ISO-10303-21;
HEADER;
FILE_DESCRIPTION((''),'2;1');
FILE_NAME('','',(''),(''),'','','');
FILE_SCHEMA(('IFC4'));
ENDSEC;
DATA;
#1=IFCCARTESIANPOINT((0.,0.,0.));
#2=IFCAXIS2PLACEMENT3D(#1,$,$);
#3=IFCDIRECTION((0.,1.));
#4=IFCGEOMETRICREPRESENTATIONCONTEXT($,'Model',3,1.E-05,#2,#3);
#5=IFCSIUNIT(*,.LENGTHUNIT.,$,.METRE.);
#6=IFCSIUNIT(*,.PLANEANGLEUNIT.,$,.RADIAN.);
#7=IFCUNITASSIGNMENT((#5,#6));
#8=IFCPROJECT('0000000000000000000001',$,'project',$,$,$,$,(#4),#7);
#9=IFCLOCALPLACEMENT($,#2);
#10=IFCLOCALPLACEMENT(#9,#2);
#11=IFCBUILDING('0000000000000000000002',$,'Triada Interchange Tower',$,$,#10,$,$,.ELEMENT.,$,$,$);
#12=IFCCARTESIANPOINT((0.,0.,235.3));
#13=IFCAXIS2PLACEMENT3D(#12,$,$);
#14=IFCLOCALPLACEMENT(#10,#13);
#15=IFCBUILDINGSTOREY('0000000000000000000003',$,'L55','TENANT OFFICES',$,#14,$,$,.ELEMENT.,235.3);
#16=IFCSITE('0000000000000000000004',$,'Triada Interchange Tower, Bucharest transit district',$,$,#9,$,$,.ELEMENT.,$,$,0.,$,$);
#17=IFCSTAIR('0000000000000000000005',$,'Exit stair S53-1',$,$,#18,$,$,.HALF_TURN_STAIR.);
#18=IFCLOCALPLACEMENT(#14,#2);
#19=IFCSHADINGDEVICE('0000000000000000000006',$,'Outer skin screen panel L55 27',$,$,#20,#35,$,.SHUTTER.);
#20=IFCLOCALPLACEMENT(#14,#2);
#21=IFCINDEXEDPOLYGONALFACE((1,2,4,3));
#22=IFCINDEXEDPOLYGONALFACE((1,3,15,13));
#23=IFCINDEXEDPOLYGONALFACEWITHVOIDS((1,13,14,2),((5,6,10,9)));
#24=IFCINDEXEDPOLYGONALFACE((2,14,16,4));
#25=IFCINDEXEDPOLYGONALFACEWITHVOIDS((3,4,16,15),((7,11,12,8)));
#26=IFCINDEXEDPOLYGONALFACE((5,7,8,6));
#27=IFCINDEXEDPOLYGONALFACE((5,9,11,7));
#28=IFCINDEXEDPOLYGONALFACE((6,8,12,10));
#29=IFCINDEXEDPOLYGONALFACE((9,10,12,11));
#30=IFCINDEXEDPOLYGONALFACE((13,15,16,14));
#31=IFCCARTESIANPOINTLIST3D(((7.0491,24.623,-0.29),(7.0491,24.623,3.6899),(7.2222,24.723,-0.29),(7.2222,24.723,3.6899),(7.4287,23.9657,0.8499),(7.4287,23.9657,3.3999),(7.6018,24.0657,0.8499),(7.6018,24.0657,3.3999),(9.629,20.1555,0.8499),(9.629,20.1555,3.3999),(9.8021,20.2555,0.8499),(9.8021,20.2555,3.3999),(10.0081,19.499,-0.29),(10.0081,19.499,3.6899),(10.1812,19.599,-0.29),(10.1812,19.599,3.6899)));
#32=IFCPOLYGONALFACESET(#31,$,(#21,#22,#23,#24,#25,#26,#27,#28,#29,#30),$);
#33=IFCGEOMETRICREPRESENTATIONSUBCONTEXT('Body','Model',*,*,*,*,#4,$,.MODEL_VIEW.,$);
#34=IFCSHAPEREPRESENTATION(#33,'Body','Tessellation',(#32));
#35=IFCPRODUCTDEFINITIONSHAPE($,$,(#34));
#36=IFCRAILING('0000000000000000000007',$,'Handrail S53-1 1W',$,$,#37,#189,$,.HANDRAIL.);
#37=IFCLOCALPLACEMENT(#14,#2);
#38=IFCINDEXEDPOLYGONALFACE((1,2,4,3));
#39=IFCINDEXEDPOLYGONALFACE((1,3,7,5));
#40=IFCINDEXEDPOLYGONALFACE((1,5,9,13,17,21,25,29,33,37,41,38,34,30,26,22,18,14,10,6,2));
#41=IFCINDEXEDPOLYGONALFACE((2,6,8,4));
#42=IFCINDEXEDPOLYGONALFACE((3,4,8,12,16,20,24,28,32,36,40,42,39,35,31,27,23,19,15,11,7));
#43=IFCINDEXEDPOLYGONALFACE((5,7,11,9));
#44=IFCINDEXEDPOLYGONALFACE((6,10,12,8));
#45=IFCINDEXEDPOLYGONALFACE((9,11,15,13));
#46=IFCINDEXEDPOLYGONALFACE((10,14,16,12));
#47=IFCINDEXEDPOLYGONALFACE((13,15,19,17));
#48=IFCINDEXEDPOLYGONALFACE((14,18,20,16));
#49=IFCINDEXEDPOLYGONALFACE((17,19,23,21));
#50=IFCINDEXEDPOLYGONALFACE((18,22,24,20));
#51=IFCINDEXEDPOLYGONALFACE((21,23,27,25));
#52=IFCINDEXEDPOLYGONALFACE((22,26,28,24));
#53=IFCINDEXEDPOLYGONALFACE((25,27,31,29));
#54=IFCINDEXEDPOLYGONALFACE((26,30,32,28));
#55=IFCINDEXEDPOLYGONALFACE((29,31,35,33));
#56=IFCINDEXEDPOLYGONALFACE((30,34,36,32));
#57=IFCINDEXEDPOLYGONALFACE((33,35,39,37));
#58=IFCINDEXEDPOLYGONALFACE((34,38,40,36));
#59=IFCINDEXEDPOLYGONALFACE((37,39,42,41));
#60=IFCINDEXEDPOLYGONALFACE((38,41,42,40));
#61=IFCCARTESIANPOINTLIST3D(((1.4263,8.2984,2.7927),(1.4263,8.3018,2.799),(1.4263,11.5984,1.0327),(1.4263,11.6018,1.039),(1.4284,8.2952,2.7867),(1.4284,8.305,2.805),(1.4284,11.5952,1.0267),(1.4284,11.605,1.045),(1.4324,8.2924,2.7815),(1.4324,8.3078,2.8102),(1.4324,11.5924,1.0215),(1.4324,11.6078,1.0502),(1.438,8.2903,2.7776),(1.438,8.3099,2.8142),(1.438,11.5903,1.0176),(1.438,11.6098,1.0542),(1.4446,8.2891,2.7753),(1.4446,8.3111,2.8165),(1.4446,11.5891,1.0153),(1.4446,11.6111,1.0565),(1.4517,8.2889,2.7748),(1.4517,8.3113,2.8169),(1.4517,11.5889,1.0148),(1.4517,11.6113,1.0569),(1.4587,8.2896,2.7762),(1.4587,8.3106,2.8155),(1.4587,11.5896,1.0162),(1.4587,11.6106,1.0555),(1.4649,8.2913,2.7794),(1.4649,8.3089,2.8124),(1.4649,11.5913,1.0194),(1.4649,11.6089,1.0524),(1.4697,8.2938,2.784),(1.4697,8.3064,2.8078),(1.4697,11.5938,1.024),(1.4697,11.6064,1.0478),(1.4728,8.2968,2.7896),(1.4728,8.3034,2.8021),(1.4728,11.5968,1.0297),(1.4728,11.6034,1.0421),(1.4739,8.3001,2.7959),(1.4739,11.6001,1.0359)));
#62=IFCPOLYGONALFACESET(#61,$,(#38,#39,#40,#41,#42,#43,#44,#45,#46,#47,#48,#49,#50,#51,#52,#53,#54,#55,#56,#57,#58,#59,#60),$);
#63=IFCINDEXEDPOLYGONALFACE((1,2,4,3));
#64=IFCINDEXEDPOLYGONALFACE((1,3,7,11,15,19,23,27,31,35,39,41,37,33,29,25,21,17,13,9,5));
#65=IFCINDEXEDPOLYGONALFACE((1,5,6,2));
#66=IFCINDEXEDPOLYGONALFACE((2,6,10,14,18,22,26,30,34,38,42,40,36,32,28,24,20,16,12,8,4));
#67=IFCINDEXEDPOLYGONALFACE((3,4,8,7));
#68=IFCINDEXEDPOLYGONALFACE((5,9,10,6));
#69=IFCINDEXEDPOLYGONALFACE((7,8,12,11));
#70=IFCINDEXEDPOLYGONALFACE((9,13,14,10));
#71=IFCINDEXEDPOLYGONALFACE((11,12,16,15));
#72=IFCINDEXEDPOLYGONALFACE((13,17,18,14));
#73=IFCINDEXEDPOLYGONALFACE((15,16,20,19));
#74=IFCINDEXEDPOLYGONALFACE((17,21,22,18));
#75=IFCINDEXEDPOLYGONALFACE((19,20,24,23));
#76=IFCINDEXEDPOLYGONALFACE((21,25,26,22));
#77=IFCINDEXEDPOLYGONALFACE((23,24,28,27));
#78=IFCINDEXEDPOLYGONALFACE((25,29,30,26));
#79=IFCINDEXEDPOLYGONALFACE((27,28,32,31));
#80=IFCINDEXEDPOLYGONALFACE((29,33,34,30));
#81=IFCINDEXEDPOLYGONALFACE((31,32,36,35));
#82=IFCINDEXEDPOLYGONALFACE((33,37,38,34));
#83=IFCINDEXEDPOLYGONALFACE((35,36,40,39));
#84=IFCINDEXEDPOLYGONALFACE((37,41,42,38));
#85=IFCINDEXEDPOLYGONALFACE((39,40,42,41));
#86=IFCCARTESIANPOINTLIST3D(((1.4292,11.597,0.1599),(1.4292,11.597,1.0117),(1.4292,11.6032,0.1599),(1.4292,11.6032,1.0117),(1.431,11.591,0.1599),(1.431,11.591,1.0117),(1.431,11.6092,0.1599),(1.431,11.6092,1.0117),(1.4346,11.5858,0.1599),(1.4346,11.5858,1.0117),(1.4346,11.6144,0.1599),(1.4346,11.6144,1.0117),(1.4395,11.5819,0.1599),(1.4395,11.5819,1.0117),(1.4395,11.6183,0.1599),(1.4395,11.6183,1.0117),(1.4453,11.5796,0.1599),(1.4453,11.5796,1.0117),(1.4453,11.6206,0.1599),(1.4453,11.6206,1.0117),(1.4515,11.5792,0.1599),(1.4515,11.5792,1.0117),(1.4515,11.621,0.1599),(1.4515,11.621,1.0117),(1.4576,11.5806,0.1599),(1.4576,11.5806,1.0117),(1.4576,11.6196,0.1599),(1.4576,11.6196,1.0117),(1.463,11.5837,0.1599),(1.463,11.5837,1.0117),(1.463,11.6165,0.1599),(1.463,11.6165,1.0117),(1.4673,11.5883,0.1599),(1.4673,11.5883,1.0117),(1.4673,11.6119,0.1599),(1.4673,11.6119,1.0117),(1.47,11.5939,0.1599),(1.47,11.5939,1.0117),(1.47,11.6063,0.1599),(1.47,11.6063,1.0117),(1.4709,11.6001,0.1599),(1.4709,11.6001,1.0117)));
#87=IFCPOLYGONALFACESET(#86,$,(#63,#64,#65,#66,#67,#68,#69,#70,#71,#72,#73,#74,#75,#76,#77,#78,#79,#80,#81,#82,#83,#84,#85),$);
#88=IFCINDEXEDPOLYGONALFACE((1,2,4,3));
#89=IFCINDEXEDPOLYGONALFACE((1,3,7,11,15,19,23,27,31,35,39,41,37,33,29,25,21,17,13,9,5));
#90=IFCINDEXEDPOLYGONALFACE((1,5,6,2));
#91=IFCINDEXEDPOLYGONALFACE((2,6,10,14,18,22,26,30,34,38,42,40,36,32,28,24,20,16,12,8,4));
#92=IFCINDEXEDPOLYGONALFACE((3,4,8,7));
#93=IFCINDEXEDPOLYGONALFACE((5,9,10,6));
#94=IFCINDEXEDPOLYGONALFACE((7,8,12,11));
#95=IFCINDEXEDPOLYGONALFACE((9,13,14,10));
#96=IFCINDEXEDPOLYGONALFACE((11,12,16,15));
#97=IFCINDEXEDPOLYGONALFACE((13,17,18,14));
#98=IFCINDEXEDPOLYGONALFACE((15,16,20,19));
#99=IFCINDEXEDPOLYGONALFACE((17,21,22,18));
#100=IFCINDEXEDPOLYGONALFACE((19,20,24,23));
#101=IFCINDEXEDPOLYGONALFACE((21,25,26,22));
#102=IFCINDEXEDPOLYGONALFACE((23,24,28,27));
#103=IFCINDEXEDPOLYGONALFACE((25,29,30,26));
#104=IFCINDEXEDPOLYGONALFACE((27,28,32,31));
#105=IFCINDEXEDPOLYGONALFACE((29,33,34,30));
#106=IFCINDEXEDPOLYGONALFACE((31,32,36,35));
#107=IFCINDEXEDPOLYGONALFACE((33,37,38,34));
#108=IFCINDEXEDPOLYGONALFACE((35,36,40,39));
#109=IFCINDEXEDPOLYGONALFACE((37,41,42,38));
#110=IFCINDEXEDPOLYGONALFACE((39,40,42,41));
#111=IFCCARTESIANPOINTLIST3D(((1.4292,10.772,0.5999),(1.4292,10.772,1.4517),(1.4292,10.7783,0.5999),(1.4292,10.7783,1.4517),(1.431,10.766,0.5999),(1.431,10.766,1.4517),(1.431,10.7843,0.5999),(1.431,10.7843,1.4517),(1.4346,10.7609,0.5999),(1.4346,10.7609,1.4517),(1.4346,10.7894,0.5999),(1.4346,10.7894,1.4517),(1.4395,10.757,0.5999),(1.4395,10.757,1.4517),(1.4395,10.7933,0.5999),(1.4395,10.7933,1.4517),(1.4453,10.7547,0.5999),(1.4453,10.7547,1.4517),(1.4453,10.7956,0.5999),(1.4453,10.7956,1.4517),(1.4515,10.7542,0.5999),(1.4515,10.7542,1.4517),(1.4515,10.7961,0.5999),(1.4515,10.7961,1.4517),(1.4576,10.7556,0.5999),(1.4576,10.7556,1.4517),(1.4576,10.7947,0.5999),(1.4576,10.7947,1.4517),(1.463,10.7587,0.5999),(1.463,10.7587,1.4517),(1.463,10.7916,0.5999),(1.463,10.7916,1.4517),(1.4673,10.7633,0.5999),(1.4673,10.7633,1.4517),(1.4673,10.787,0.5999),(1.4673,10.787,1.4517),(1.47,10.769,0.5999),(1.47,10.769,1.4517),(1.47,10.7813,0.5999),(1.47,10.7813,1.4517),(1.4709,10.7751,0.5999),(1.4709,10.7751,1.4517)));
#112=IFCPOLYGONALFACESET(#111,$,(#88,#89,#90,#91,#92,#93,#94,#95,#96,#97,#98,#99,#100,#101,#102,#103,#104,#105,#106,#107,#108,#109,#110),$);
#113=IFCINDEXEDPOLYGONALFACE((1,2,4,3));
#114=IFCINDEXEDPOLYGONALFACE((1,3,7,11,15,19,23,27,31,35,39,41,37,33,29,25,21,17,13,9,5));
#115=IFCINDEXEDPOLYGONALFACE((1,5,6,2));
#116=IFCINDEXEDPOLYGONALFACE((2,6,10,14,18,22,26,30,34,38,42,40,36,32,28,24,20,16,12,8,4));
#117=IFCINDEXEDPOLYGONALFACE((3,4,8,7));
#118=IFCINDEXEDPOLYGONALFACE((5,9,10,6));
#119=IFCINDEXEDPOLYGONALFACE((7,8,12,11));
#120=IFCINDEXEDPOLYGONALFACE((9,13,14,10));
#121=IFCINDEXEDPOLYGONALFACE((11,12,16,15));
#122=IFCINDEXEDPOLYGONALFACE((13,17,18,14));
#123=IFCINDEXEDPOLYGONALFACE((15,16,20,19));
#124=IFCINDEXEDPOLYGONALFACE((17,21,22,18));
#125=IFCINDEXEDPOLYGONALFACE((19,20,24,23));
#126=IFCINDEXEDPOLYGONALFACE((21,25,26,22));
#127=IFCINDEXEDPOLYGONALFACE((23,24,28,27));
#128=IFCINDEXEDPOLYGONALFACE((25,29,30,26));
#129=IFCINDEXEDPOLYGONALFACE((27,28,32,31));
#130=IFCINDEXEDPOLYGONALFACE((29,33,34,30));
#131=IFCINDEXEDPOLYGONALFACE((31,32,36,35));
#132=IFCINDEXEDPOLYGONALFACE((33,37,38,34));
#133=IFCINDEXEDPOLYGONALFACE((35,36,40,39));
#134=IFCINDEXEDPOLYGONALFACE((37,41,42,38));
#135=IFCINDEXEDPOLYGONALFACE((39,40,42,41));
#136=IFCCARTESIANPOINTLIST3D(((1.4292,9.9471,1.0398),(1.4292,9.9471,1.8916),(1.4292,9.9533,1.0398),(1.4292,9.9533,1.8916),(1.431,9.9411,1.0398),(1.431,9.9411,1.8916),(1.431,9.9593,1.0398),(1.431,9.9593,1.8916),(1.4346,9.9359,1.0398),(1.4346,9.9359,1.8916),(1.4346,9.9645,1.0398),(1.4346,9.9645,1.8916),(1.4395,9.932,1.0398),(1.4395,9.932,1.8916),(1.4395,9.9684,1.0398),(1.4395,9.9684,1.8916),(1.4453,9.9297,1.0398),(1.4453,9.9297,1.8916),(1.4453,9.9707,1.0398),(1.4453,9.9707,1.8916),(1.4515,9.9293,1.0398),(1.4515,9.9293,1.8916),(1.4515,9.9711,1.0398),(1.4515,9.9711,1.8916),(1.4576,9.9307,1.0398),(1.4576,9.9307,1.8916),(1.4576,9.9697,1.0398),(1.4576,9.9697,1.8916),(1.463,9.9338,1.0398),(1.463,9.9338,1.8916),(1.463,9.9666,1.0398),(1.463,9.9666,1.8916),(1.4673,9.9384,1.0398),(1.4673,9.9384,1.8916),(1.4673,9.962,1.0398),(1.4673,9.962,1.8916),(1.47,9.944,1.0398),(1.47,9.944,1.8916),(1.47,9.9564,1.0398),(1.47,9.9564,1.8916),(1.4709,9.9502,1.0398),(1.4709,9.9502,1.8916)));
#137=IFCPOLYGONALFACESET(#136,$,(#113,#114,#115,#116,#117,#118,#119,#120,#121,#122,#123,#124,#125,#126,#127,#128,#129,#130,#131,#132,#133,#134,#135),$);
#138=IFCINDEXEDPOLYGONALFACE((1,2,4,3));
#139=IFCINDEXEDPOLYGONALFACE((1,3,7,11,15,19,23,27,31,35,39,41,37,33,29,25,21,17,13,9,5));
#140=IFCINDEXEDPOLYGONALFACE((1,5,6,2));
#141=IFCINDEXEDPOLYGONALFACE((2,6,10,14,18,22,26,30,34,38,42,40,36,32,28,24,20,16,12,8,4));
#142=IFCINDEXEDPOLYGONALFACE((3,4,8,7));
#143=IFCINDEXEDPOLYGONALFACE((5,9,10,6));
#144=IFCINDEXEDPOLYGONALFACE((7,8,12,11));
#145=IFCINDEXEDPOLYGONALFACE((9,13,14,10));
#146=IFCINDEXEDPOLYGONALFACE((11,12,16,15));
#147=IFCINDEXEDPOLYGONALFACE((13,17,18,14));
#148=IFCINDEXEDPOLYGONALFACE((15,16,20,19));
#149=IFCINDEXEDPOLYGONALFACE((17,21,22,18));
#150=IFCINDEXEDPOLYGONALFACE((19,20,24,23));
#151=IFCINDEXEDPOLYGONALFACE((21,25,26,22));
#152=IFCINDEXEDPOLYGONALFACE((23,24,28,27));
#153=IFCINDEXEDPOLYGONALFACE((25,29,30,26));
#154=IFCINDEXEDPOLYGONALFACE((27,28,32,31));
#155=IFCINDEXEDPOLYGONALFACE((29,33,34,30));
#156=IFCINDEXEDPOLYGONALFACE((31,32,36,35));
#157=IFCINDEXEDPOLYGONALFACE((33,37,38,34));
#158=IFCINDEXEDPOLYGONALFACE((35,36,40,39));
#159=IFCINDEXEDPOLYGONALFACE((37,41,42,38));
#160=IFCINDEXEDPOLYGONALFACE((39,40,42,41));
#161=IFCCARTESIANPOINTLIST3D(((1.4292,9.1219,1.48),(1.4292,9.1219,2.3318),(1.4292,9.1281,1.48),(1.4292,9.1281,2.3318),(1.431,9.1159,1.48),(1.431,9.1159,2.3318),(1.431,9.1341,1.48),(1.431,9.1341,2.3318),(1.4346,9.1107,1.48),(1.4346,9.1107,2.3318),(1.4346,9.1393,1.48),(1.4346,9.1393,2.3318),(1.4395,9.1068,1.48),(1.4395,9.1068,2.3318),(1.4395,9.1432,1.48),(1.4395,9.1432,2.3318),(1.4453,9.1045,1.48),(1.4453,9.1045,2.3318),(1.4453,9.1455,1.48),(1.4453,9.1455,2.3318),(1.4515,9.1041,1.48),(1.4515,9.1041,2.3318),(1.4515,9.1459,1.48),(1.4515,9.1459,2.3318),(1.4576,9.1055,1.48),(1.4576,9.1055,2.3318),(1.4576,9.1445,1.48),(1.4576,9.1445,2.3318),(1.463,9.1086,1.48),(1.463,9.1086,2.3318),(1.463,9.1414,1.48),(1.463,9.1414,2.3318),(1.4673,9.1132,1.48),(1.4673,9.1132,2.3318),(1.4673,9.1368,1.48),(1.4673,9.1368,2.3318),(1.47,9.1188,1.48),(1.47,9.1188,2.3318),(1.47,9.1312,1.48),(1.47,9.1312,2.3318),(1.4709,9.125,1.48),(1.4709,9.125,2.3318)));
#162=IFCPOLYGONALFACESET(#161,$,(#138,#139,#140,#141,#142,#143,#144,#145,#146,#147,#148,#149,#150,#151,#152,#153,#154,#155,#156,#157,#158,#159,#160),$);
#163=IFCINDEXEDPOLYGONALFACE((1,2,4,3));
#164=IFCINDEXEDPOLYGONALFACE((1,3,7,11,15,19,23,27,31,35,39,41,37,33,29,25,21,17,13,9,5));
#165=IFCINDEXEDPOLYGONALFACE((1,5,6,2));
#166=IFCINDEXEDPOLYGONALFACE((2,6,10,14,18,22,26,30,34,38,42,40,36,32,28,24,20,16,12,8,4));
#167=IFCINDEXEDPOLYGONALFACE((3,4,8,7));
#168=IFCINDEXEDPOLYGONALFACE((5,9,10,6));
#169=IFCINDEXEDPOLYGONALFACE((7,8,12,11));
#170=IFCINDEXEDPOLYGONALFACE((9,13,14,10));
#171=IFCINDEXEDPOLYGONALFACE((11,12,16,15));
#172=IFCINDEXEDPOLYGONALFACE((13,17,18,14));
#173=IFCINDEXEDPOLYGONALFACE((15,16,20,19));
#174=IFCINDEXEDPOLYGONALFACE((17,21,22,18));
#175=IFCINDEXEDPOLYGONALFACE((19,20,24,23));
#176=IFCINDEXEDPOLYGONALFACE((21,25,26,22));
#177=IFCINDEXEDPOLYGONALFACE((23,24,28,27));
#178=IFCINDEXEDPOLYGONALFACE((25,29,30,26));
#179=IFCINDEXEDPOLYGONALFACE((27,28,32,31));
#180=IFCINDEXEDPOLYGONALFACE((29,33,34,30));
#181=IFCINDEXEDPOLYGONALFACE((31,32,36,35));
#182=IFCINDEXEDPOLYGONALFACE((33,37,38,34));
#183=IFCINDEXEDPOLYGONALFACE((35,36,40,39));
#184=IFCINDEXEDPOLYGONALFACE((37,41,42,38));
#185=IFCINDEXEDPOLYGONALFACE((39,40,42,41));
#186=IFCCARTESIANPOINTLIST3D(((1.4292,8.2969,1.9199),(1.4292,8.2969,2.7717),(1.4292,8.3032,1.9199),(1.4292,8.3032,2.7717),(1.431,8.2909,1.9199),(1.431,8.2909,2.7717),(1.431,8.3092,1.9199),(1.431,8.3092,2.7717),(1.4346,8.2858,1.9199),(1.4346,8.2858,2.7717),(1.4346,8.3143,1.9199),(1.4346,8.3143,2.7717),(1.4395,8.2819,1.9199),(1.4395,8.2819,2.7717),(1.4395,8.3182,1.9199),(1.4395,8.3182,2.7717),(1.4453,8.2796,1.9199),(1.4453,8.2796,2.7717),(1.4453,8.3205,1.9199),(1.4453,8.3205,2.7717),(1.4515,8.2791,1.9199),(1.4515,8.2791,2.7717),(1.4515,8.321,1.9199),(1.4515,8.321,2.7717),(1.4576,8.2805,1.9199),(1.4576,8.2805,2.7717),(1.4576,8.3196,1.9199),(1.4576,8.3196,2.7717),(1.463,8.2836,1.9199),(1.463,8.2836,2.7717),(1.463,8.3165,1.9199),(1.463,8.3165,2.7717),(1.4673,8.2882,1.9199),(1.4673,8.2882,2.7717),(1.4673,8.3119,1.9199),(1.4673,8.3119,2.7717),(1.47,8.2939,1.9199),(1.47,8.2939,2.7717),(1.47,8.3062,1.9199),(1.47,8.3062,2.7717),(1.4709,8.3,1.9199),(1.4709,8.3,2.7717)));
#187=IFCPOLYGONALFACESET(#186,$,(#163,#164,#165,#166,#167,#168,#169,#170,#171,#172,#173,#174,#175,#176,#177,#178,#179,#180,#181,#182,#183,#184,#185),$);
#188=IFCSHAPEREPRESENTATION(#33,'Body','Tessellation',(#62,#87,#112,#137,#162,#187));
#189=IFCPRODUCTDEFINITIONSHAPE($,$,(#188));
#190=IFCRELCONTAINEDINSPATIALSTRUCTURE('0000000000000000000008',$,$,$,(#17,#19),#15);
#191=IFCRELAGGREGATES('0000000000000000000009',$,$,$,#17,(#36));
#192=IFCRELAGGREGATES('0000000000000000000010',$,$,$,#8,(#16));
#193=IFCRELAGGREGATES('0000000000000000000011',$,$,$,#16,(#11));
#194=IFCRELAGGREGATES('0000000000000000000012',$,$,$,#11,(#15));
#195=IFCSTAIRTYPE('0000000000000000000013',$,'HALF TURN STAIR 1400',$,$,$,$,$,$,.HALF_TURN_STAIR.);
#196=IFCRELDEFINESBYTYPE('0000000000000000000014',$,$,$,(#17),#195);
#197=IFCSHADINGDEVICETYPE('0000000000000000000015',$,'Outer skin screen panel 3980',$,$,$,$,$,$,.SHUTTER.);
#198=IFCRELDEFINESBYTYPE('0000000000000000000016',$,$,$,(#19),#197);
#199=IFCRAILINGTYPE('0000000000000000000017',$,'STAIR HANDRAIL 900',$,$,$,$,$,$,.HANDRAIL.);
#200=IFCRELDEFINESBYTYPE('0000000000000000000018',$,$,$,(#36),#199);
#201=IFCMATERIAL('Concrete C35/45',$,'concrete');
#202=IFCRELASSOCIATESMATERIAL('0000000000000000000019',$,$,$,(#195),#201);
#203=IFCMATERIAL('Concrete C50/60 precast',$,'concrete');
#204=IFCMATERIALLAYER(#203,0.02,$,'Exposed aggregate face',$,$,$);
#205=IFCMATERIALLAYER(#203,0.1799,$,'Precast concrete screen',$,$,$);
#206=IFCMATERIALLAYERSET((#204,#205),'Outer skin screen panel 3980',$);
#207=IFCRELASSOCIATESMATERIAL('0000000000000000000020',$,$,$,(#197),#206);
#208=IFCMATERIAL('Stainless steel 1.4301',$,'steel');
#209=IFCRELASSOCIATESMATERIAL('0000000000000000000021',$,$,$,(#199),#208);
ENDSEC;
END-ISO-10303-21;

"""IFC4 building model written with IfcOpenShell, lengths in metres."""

from ifc_helpers import new_model, si_unit, direction, frame, origin, origin_2d, place, context, subcontext, project, spatial, polyline, circle, outline, extrude, material, layer, layer_set, type_object, element, aggregate, save


model = new_model("IFC4")

# Units and contexts
model_context = context("Model", 3, precision=1e-05, world=origin(), true_north=direction((0.0, 1.0)))
body_context = subcontext(model_context, "Body", "Model", "MODEL_VIEW")
ifc_project = project(units=[si_unit("LENGTHUNIT", "METRE"), si_unit("PLANEANGLEUNIT", "RADIAN")], contexts=[model_context])

# Site, building, storey
site_placement = place(None, origin())
site = spatial("IfcSite", under=ifc_project, at=site_placement, Name="Triada Interchange Tower, Bucharest transit district", CompositionType="ELEMENT", RefElevation=0.0)
building_placement = place(site_placement, origin())
building = spatial("IfcBuilding", under=site, at=building_placement, Name="Triada Interchange Tower", CompositionType="ELEMENT")
storey_placement = place(building_placement, frame((0.0, 0.0, 235.3)))
storey = spatial("IfcBuildingStorey", under=building, at=storey_placement, Name="L55", Description="TENANT OFFICES", CompositionType="ELEMENT", Elevation=235.3)

# Stair
ifc_material_1 = material(Name="Concrete C35/45", Category="concrete")
stair_type = type_object("IfcStairType", Name="HALF TURN STAIR 1400", PredefinedType="HALF_TURN_STAIR", material=ifc_material_1)
stair_placement = place(storey_placement, origin())
stair = element("IfcStair", 1, at=stair_placement, inside=storey, type_object=stair_type, Name="Exit stair S53-1", PredefinedType="HALF_TURN_STAIR")

# Shading device
ifc_material_2 = material(Name="Concrete C50/60 precast", Category="concrete")
ifc_layer_1 = layer(ifc_material_2, 0.02, Name="Exposed aggregate face")
ifc_layer_2 = layer(ifc_material_2, 0.1799, Name="Precast concrete screen")
ifc_layer_set_1 = layer_set([ifc_layer_1, ifc_layer_2], Name="Outer skin screen panel 3980")
shading_device_type = type_object("IfcShadingDeviceType", Name="Outer skin screen panel 3980", PredefinedType="SHUTTER", material=ifc_layer_set_1)
shading_device_1_placement = place(storey_placement, frame((10.0081, 19.499, -0.29), z_axis=(0.0, 0.0, 1.0), x_axis=(-0.50008, 0.865979, 0.0)))
element("IfcShadingDevice", 2, at=shading_device_1_placement, inside=storey, type_object=shading_device_type, Name="Outer skin screen panel L55 27", PredefinedType="SHUTTER", context=body_context, shape_type="SweptSolid", body=[
    extrude(outline(polyline([(0.0, 0.0), (5.917, 0.0), (5.917, 3.98), (0.0, 3.98), (0.0, 0.0)]), holes=[polyline([(0.7581, 1.1399), (0.7581, 3.6899), (5.158, 3.6899), (5.158, 1.1399), (0.7581, 1.1399)])]), frame((0.0, 0.0, 0.0), z_axis=(0.0, -1.0, 0.0), x_axis=(1.0, 0.0, 0.0)), (0.0, 0.0, 1.0), 0.2),
])

# Railing
ifc_material_3 = material(Name="Stainless steel 1.4301", Category="steel")
railing_type = type_object("IfcRailingType", Name="STAIR HANDRAIL 900", PredefinedType="HANDRAIL", material=ifc_material_3)
railing_1_placement = place(storey_placement, frame((1.45, 11.6001, 0.1599)))
railing_1 = element("IfcRailing", 3, at=railing_1_placement, type_object=railing_type, Name="Handrail S53-1 1W", PredefinedType="HANDRAIL", context=body_context, shape_type="SweptSolid", body=[
    extrude(circle(Radius=0.0239, at=origin_2d()), frame((0.0, 0.0, 0.876), z_axis=(0.0, -0.882355, 0.470585), x_axis=(1.0, 0.0, 0.0)), (0.0, 0.0, 1.0), 3.74),
    extrude(circle(Radius=0.021, at=origin_2d()), origin(), (0.0, 0.0, 1.0), 0.8518),
    extrude(circle(Radius=0.021, at=origin_2d()), frame((0.0, -0.825, 0.4399)), (0.0, 0.0, 1.0), 0.8518),
    extrude(circle(Radius=0.021, at=origin_2d()), frame((0.0, -1.6499, 0.8799)), (0.0, 0.0, 1.0), 0.8518),
    extrude(circle(Radius=0.021, at=origin_2d()), frame((0.0, -2.4751, 1.3201)), (0.0, 0.0, 1.0), 0.8518),
    extrude(circle(Radius=0.021, at=origin_2d()), frame((0.0, -3.3, 1.76)), (0.0, 0.0, 1.0), 0.8518),
])
aggregate(stair, [railing_1])

save(model, "model.ifc")
